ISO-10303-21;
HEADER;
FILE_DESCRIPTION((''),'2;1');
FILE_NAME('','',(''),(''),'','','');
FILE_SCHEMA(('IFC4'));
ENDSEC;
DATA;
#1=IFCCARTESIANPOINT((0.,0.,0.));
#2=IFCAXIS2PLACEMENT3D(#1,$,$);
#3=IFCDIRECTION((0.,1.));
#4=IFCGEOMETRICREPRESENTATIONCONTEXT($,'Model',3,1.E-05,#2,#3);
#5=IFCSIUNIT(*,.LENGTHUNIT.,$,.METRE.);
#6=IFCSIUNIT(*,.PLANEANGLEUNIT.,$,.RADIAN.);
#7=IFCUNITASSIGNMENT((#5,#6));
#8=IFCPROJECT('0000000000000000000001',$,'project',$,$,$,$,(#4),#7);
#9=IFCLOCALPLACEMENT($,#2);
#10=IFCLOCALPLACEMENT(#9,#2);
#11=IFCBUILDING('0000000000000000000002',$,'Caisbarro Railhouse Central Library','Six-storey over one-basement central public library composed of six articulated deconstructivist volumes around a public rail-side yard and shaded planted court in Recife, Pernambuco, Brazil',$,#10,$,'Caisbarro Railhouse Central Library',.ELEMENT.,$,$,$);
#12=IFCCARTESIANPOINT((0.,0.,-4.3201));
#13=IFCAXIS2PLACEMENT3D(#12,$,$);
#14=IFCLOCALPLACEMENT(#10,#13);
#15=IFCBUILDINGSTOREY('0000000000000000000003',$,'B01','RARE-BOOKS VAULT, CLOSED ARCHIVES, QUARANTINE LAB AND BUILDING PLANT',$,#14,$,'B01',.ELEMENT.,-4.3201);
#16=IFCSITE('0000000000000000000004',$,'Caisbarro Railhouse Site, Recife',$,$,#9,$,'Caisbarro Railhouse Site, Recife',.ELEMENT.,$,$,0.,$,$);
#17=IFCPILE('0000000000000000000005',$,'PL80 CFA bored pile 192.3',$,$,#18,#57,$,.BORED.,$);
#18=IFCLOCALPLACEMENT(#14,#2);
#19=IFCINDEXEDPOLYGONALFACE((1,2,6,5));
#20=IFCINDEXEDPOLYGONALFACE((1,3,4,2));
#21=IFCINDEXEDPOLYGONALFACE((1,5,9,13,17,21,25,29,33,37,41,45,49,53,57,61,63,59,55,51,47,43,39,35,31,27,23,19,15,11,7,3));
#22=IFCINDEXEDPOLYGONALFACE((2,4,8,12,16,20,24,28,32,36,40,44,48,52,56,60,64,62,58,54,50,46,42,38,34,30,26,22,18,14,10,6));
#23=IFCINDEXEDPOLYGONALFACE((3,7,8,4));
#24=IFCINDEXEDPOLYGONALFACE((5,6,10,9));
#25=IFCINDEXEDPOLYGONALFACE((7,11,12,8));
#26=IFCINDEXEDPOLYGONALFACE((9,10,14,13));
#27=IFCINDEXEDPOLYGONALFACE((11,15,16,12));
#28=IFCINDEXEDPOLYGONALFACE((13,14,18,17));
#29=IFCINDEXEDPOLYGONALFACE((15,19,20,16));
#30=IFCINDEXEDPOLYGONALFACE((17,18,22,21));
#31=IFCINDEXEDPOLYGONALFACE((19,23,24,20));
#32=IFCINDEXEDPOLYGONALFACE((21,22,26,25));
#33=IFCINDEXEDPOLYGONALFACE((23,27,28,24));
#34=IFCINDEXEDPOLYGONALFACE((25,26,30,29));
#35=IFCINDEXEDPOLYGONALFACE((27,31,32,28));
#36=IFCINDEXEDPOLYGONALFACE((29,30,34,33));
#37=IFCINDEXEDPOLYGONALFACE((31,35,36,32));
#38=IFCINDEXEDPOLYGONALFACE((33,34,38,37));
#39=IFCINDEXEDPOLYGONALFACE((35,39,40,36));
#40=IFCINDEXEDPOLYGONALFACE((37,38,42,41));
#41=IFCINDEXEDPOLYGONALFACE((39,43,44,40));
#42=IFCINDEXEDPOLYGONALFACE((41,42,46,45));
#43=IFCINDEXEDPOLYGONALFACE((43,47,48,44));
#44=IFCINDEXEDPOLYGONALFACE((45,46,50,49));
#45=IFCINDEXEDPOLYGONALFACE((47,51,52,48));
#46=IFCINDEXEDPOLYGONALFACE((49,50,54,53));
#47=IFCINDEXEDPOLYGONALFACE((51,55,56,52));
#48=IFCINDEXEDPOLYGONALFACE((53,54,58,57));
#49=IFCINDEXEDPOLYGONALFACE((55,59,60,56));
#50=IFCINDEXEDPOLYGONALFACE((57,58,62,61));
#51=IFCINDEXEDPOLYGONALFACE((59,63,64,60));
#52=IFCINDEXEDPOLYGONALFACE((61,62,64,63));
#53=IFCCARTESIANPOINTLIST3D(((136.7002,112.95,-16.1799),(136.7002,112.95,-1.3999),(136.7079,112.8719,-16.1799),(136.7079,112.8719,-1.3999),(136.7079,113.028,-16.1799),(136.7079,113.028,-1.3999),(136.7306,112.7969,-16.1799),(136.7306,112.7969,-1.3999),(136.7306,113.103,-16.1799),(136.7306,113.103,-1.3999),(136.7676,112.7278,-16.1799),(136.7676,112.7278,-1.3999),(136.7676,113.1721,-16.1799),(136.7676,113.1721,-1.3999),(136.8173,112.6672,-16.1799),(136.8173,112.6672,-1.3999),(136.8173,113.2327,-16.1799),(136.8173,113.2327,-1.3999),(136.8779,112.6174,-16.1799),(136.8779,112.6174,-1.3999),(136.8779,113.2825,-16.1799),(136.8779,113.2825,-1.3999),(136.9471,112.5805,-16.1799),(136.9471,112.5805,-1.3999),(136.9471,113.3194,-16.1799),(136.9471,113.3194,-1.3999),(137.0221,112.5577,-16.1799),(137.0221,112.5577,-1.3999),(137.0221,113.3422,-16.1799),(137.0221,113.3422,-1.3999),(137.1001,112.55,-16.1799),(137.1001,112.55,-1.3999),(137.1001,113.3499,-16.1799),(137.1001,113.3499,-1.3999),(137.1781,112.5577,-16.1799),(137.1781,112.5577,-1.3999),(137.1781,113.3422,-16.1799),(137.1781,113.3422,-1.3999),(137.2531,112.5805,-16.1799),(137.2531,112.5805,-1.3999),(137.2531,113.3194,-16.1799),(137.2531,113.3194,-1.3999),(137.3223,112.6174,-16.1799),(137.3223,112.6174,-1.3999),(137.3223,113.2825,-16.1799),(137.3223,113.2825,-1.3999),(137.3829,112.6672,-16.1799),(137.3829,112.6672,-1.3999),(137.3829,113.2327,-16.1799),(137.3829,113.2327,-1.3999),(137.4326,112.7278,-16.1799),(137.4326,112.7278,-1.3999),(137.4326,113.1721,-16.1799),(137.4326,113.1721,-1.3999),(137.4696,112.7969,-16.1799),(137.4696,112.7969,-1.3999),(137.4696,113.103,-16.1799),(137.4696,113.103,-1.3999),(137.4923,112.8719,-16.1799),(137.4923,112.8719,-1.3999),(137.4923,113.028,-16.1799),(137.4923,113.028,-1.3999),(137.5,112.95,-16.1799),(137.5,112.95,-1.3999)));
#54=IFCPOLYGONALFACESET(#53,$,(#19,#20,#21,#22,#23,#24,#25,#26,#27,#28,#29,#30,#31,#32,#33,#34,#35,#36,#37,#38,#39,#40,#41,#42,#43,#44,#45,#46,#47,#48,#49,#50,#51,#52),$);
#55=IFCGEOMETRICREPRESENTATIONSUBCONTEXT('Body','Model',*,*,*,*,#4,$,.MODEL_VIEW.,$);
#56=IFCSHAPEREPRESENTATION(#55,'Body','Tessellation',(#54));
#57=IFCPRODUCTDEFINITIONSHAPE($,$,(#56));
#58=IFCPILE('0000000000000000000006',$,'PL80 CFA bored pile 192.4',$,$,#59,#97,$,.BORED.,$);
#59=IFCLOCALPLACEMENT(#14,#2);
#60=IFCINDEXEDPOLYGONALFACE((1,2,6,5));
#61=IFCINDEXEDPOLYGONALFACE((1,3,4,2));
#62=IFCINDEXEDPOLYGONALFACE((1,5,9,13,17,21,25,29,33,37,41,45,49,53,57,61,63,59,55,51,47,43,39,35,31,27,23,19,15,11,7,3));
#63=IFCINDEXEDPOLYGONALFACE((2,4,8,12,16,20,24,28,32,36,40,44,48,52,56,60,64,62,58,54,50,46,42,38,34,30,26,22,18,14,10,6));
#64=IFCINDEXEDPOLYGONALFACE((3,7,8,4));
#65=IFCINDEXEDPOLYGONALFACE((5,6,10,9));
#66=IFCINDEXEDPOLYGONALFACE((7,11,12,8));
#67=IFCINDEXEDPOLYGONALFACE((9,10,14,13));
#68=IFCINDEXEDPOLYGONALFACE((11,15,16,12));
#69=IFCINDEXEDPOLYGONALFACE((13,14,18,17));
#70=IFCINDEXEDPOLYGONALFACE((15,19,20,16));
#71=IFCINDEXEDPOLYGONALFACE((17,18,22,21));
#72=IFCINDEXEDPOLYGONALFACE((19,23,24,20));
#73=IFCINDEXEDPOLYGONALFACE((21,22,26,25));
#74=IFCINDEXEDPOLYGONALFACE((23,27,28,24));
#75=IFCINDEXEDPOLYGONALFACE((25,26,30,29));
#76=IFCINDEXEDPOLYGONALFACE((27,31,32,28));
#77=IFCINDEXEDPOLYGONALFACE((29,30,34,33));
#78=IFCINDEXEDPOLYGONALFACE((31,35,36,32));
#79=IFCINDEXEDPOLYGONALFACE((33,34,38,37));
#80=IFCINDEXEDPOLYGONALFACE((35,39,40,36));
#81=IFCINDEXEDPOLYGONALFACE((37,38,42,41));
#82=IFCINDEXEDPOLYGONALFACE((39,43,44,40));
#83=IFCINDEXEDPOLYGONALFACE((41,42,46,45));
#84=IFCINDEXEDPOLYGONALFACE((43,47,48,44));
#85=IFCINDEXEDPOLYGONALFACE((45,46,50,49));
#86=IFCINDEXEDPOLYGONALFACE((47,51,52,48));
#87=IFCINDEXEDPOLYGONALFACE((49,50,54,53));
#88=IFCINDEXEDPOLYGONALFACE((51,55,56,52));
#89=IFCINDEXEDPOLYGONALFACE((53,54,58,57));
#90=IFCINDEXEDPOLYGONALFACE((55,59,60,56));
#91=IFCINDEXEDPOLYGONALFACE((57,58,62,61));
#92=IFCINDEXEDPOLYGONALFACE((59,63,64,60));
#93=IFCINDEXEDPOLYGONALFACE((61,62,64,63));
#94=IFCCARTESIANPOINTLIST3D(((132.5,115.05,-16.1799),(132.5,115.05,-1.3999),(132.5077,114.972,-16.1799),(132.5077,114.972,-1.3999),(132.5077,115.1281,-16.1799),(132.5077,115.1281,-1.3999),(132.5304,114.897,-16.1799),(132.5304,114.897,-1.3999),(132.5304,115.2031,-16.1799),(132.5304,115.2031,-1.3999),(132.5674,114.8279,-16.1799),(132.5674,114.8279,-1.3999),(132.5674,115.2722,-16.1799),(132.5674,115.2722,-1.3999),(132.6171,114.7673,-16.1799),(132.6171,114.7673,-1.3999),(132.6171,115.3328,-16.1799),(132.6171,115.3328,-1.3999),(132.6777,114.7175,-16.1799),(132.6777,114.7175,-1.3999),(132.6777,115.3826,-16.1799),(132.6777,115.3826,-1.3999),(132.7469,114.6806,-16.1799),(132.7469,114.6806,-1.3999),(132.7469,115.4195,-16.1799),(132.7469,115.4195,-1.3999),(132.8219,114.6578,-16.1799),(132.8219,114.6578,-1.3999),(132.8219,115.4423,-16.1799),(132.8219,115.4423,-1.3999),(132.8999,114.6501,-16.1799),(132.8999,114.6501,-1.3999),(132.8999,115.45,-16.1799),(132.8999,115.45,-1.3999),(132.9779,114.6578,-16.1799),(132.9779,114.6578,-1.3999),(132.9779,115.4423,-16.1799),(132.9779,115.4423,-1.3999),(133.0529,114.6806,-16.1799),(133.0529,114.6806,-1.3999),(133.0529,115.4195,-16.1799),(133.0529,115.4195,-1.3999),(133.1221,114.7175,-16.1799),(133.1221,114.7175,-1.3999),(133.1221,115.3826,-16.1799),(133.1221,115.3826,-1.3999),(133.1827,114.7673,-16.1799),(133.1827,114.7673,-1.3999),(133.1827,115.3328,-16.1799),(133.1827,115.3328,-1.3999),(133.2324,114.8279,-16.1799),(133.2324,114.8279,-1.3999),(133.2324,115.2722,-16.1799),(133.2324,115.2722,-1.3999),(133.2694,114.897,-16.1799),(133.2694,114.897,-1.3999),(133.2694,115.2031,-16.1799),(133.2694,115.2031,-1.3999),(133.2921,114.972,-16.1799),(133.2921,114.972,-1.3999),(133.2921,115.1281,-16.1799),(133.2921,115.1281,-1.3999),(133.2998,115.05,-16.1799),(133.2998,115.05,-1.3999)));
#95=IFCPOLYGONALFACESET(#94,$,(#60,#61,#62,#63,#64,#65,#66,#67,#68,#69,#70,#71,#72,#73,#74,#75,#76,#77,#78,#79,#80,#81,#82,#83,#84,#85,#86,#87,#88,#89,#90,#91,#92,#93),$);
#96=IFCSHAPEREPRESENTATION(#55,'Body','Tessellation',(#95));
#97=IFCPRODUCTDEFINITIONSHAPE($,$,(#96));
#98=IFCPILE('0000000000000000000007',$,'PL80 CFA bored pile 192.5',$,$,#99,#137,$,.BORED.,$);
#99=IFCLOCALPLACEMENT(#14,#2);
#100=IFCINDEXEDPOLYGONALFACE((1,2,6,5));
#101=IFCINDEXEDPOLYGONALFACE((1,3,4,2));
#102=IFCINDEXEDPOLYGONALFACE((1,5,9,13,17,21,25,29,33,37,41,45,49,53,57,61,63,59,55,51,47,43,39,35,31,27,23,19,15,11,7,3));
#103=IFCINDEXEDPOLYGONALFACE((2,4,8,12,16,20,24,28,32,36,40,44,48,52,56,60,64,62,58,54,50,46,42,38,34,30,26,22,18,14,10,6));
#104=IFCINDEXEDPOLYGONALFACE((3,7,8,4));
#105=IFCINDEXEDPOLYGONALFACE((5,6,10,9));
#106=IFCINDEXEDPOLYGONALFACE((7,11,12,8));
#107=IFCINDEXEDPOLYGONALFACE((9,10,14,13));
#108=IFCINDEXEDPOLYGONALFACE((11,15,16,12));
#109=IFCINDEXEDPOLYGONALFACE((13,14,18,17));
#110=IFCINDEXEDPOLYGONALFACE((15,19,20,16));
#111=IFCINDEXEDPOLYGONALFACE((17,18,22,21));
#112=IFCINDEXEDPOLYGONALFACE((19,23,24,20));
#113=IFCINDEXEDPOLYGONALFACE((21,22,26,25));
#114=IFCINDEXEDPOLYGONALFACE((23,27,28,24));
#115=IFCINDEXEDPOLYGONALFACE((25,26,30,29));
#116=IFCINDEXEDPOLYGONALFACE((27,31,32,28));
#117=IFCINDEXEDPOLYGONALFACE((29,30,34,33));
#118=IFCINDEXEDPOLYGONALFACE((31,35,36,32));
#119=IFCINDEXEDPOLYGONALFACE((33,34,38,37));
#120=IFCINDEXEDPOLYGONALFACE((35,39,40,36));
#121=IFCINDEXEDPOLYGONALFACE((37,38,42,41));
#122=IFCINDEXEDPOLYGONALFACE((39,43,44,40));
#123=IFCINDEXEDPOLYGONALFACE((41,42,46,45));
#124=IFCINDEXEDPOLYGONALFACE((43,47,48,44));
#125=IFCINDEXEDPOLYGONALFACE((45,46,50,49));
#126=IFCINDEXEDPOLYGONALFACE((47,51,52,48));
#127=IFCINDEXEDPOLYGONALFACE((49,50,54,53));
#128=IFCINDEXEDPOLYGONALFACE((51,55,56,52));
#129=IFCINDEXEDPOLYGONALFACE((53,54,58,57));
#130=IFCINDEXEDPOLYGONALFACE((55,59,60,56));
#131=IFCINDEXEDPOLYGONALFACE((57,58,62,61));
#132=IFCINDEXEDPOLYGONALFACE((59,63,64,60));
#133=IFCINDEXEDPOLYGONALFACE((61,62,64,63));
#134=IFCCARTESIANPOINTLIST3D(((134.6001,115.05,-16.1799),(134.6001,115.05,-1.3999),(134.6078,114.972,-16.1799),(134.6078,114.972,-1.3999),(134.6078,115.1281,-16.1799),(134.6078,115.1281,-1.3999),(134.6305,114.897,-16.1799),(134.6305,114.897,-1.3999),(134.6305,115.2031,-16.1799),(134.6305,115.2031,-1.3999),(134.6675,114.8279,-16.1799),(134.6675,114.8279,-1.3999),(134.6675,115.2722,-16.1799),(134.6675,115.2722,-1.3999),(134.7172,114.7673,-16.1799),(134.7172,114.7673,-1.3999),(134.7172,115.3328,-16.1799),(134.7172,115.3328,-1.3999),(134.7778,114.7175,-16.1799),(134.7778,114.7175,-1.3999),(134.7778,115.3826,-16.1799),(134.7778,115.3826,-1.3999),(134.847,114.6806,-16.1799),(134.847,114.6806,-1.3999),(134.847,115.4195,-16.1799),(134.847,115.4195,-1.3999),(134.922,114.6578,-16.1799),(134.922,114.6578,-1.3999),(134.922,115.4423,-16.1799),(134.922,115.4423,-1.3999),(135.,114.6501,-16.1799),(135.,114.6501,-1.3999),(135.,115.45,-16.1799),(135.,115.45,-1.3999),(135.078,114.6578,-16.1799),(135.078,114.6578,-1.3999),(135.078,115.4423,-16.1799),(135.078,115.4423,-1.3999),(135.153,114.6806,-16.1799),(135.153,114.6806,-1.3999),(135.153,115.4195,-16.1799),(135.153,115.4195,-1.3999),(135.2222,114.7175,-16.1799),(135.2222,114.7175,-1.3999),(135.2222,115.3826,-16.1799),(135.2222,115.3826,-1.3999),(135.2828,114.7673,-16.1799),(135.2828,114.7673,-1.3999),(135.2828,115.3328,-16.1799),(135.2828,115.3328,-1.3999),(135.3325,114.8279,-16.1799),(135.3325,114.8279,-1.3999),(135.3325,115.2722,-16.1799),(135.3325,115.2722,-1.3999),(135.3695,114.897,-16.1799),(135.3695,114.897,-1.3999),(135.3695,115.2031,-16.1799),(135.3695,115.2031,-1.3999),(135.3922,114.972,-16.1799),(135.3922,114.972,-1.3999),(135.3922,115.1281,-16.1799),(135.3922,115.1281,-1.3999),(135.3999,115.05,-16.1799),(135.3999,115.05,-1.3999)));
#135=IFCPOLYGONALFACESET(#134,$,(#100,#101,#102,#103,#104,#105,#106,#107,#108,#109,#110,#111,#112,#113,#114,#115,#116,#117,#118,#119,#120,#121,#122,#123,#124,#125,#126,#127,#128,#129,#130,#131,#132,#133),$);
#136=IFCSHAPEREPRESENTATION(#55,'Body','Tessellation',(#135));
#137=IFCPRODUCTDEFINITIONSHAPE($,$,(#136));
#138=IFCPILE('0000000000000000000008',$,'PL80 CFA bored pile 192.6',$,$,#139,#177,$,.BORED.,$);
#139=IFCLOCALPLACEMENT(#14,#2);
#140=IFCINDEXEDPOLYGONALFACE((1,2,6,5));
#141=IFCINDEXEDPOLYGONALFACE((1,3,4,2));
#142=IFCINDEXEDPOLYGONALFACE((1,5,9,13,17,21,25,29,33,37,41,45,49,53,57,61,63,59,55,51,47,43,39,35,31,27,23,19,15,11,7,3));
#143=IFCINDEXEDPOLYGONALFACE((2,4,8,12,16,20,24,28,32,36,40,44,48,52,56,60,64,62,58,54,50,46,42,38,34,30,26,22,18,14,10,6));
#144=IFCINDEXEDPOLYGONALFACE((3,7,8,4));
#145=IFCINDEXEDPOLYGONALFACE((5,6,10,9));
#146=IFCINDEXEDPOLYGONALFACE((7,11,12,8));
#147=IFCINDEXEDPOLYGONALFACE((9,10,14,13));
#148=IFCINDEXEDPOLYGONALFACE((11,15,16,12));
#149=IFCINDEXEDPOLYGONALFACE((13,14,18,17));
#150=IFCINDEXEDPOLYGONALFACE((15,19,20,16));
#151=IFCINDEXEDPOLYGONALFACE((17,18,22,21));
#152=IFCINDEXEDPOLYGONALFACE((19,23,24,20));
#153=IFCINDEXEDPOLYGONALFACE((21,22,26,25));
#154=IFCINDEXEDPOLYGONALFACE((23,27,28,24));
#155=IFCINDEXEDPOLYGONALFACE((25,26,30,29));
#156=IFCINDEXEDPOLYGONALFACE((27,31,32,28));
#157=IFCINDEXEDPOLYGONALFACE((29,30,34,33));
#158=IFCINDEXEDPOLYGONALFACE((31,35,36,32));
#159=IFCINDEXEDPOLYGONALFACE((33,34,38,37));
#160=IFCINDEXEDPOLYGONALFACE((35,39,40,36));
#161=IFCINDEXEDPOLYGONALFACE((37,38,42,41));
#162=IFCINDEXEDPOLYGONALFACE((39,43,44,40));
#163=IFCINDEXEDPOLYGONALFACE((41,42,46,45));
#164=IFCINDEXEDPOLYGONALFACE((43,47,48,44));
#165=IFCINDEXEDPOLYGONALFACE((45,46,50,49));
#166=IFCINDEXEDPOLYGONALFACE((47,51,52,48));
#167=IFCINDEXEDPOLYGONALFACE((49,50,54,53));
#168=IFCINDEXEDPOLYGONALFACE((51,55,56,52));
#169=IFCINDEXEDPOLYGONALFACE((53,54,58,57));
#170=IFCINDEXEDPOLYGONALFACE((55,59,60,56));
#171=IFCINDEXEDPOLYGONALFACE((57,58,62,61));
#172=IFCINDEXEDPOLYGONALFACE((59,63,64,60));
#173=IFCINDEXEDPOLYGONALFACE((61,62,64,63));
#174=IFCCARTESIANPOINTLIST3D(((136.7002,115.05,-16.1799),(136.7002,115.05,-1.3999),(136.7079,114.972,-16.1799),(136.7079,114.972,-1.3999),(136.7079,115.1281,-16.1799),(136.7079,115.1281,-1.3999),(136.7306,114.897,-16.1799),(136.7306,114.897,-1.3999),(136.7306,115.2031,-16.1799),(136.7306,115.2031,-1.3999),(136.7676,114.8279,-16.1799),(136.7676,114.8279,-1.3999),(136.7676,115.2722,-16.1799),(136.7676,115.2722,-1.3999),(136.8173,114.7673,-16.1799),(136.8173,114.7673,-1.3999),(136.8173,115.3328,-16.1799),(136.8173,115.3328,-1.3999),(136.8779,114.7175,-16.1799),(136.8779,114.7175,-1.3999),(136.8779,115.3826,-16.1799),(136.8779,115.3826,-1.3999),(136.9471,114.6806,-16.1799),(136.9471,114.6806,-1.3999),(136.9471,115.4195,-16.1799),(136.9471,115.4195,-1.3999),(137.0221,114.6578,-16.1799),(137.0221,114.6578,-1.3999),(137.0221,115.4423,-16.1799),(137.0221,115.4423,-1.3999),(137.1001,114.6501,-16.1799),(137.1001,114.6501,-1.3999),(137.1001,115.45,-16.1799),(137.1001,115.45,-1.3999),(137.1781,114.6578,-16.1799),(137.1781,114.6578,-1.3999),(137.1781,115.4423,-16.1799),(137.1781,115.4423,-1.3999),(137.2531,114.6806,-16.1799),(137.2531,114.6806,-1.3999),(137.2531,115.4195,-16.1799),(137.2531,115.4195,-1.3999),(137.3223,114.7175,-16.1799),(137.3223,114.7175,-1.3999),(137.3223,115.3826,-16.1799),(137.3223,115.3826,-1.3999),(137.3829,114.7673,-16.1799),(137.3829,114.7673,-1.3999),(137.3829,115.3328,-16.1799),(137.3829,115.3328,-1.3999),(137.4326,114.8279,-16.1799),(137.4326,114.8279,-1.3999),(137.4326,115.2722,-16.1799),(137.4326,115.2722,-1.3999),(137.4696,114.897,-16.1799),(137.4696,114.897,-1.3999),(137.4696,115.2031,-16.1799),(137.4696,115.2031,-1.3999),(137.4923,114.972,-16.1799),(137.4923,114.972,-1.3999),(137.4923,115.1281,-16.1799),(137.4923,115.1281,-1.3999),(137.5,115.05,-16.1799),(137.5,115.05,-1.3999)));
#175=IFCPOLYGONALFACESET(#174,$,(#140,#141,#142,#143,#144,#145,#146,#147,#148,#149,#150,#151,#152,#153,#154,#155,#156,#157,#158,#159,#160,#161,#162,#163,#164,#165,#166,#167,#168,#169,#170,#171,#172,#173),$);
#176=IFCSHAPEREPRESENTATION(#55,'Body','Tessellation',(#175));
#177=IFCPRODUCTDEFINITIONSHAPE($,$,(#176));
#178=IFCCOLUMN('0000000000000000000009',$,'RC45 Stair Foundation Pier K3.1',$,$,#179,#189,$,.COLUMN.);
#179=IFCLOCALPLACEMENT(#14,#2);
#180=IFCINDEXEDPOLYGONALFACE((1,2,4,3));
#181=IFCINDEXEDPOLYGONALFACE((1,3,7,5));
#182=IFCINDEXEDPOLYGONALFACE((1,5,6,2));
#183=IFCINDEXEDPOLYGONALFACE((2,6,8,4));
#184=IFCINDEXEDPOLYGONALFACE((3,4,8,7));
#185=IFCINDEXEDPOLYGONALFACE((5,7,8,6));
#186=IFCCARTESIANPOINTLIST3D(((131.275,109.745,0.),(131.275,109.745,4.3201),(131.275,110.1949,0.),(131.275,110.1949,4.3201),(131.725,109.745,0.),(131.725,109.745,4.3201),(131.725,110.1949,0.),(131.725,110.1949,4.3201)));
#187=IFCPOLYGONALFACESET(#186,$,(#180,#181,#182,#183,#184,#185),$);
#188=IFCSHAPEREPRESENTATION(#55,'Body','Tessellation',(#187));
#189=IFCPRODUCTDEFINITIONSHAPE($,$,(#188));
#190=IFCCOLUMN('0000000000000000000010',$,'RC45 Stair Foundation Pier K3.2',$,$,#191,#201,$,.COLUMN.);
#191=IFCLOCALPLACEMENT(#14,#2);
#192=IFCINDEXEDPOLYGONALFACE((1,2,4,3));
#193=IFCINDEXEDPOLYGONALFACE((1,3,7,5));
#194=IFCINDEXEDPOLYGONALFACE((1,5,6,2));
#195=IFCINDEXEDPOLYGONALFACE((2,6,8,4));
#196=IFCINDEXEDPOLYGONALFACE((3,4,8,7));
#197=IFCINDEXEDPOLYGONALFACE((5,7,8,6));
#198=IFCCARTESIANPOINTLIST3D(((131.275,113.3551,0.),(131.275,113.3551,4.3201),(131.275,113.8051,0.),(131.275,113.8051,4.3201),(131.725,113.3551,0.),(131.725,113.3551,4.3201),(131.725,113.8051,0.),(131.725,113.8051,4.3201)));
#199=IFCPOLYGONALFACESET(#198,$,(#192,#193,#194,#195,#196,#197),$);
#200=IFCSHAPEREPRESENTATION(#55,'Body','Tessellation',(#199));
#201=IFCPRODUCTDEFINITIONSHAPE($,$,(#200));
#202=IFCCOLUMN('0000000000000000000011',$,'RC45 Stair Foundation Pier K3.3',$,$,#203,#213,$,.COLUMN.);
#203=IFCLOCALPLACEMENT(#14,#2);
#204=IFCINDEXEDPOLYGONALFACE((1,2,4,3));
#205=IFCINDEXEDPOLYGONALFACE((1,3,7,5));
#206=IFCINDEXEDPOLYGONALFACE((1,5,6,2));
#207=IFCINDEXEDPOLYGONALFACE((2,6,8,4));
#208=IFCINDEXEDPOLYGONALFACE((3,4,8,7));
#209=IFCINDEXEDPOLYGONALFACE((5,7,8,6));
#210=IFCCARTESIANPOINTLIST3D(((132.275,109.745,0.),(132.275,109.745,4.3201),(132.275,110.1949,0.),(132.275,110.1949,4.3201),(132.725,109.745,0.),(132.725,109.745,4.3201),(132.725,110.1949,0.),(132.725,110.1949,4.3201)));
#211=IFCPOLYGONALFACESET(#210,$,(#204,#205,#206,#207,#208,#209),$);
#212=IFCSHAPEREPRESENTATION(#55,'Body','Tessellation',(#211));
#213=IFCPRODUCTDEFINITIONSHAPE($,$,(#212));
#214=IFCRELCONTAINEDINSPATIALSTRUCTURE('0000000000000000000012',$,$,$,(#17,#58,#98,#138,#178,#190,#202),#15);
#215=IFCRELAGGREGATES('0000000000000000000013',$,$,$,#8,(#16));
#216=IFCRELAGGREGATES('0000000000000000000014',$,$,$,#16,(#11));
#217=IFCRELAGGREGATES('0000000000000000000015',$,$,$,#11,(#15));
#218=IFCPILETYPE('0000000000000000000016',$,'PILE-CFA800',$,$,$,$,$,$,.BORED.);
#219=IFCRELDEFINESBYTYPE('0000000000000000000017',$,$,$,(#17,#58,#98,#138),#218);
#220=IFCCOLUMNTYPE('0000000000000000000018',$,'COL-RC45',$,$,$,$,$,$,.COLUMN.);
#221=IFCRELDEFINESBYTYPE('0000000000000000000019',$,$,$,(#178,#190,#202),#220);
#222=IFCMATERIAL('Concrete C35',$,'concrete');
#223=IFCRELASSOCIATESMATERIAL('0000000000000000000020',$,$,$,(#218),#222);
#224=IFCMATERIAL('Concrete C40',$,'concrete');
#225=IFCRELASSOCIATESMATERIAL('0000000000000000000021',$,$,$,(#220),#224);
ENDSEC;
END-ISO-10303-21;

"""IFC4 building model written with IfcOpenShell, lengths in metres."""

from ifc_helpers import new_model, si_unit, direction, frame, origin, origin_2d, place, context, subcontext, project, spatial, rectangle, circle, extrude, material, material_profile, profile_set, type_object, element, save


model = new_model("IFC4")

# Units and contexts
model_context = context("Model", 3, precision=1e-05, world=origin(), true_north=direction((0.0, 1.0)))
body_context = subcontext(model_context, "Body", "Model", "MODEL_VIEW")
ifc_project = project(units=[si_unit("LENGTHUNIT", "METRE"), si_unit("PLANEANGLEUNIT", "RADIAN")], contexts=[model_context])

# Site, building, storey
site_placement = place(None, origin())
site = spatial("IfcSite", under=ifc_project, at=site_placement, Name="Caisbarro Railhouse Site, Recife", LongName="Caisbarro Railhouse Site, Recife", CompositionType="ELEMENT", RefElevation=0.0)
building_placement = place(site_placement, origin())
building = spatial("IfcBuilding", under=site, at=building_placement, Name="Caisbarro Railhouse Central Library", Description="Six-storey over one-basement central public library composed of six articulated deconstructivist volumes around a public rail-side yard and shaded planted court in Recife, Pernambuco, Brazil", LongName="Caisbarro Railhouse Central Library", CompositionType="ELEMENT")
storey_placement = place(building_placement, frame((0.0, 0.0, -4.3201)))
storey = spatial("IfcBuildingStorey", under=building, at=storey_placement, Name="B01", Description="RARE-BOOKS VAULT, CLOSED ARCHIVES, QUARANTINE LAB AND BUILDING PLANT", LongName="B01", CompositionType="ELEMENT", Elevation=-4.3201)

# Shared definitions
ifc_material_1 = material(Name="Concrete C35", Category="concrete")
ifc_material_2 = material(Name="Concrete C40", Category="concrete")

# Piles
ifc_material_profile_1 = material_profile(ifc_material_1, circle(Radius=0.3999, at=origin_2d()), Name="PILE-CFA-800")
ifc_profile_set_1 = profile_set([ifc_material_profile_1], Name="Concrete C35")
pile_type = type_object("IfcPileType", Name="PILE-CFA800", PredefinedType="BORED", material=ifc_profile_set_1)
for number, where, z_axis, x_axis, name in (
    (1, (137.1001, 112.95, -1.3999), (0.0, 0.0, -1.0), (1.0, 0.0, 0.0), "PL80 CFA bored pile 192.3"),
    (2, (132.8999, 115.05, -1.3999), (0.0, 0.0, -1.0), (1.0, 0.0, 0.0), "PL80 CFA bored pile 192.4"),
    (3, (135.0, 115.05, -1.3999), (0.0, 0.0, -1.0), (1.0, 0.0, 0.0), "PL80 CFA bored pile 192.5"),
    (4, (137.1001, 115.05, -1.3999), (0.0, 0.0, -1.0), (1.0, 0.0, 0.0), "PL80 CFA bored pile 192.6"),
):
    element("IfcPile", number, at=place(storey_placement, frame(where, z_axis=z_axis, x_axis=x_axis)), inside=storey, type_object=pile_type, Name=name, PredefinedType="BORED", context=body_context, shape_type="SweptSolid", body=[
        extrude(circle(Radius=0.3999, at=origin_2d()), origin(), (0.0, 0.0, 1.0), 14.78),
    ])

# Columns
ifc_material_profile_2 = material_profile(ifc_material_2, rectangle(XDim=0.45, YDim=0.45, at=origin_2d()), Name="RC-COL-450X450")
ifc_profile_set_2 = profile_set([ifc_material_profile_2], Name="Concrete C40")
column_type_1 = type_object("IfcColumnType", Name="COL-RC45", PredefinedType="COLUMN", material=ifc_profile_set_2)
for number, where, z_axis, x_axis, name in (
    (5, (131.5, 109.97, 0.0), (0.0, 0.0, 1.0), (1.0, 0.0, 0.0), "RC45 Stair Foundation Pier K3.1"),
    (6, (131.5, 113.5801, 0.0), (0.0, 0.0, 1.0), (1.0, 0.0, 0.0), "RC45 Stair Foundation Pier K3.2"),
    (7, (132.5, 109.97, 0.0), (0.0, 0.0, 1.0), (1.0, 0.0, 0.0), "RC45 Stair Foundation Pier K3.3"),
):
    element("IfcColumn", number, at=place(storey_placement, frame(where, z_axis=z_axis, x_axis=x_axis)), inside=storey, type_object=column_type_1, Name=name, PredefinedType="COLUMN", context=body_context, shape_type="SweptSolid", body=[
        extrude(rectangle(XDim=0.45, YDim=0.45, at=origin_2d()), origin(), (0.0, 0.0, 1.0), 4.3201),
    ])

save(model, "model.ifc")
